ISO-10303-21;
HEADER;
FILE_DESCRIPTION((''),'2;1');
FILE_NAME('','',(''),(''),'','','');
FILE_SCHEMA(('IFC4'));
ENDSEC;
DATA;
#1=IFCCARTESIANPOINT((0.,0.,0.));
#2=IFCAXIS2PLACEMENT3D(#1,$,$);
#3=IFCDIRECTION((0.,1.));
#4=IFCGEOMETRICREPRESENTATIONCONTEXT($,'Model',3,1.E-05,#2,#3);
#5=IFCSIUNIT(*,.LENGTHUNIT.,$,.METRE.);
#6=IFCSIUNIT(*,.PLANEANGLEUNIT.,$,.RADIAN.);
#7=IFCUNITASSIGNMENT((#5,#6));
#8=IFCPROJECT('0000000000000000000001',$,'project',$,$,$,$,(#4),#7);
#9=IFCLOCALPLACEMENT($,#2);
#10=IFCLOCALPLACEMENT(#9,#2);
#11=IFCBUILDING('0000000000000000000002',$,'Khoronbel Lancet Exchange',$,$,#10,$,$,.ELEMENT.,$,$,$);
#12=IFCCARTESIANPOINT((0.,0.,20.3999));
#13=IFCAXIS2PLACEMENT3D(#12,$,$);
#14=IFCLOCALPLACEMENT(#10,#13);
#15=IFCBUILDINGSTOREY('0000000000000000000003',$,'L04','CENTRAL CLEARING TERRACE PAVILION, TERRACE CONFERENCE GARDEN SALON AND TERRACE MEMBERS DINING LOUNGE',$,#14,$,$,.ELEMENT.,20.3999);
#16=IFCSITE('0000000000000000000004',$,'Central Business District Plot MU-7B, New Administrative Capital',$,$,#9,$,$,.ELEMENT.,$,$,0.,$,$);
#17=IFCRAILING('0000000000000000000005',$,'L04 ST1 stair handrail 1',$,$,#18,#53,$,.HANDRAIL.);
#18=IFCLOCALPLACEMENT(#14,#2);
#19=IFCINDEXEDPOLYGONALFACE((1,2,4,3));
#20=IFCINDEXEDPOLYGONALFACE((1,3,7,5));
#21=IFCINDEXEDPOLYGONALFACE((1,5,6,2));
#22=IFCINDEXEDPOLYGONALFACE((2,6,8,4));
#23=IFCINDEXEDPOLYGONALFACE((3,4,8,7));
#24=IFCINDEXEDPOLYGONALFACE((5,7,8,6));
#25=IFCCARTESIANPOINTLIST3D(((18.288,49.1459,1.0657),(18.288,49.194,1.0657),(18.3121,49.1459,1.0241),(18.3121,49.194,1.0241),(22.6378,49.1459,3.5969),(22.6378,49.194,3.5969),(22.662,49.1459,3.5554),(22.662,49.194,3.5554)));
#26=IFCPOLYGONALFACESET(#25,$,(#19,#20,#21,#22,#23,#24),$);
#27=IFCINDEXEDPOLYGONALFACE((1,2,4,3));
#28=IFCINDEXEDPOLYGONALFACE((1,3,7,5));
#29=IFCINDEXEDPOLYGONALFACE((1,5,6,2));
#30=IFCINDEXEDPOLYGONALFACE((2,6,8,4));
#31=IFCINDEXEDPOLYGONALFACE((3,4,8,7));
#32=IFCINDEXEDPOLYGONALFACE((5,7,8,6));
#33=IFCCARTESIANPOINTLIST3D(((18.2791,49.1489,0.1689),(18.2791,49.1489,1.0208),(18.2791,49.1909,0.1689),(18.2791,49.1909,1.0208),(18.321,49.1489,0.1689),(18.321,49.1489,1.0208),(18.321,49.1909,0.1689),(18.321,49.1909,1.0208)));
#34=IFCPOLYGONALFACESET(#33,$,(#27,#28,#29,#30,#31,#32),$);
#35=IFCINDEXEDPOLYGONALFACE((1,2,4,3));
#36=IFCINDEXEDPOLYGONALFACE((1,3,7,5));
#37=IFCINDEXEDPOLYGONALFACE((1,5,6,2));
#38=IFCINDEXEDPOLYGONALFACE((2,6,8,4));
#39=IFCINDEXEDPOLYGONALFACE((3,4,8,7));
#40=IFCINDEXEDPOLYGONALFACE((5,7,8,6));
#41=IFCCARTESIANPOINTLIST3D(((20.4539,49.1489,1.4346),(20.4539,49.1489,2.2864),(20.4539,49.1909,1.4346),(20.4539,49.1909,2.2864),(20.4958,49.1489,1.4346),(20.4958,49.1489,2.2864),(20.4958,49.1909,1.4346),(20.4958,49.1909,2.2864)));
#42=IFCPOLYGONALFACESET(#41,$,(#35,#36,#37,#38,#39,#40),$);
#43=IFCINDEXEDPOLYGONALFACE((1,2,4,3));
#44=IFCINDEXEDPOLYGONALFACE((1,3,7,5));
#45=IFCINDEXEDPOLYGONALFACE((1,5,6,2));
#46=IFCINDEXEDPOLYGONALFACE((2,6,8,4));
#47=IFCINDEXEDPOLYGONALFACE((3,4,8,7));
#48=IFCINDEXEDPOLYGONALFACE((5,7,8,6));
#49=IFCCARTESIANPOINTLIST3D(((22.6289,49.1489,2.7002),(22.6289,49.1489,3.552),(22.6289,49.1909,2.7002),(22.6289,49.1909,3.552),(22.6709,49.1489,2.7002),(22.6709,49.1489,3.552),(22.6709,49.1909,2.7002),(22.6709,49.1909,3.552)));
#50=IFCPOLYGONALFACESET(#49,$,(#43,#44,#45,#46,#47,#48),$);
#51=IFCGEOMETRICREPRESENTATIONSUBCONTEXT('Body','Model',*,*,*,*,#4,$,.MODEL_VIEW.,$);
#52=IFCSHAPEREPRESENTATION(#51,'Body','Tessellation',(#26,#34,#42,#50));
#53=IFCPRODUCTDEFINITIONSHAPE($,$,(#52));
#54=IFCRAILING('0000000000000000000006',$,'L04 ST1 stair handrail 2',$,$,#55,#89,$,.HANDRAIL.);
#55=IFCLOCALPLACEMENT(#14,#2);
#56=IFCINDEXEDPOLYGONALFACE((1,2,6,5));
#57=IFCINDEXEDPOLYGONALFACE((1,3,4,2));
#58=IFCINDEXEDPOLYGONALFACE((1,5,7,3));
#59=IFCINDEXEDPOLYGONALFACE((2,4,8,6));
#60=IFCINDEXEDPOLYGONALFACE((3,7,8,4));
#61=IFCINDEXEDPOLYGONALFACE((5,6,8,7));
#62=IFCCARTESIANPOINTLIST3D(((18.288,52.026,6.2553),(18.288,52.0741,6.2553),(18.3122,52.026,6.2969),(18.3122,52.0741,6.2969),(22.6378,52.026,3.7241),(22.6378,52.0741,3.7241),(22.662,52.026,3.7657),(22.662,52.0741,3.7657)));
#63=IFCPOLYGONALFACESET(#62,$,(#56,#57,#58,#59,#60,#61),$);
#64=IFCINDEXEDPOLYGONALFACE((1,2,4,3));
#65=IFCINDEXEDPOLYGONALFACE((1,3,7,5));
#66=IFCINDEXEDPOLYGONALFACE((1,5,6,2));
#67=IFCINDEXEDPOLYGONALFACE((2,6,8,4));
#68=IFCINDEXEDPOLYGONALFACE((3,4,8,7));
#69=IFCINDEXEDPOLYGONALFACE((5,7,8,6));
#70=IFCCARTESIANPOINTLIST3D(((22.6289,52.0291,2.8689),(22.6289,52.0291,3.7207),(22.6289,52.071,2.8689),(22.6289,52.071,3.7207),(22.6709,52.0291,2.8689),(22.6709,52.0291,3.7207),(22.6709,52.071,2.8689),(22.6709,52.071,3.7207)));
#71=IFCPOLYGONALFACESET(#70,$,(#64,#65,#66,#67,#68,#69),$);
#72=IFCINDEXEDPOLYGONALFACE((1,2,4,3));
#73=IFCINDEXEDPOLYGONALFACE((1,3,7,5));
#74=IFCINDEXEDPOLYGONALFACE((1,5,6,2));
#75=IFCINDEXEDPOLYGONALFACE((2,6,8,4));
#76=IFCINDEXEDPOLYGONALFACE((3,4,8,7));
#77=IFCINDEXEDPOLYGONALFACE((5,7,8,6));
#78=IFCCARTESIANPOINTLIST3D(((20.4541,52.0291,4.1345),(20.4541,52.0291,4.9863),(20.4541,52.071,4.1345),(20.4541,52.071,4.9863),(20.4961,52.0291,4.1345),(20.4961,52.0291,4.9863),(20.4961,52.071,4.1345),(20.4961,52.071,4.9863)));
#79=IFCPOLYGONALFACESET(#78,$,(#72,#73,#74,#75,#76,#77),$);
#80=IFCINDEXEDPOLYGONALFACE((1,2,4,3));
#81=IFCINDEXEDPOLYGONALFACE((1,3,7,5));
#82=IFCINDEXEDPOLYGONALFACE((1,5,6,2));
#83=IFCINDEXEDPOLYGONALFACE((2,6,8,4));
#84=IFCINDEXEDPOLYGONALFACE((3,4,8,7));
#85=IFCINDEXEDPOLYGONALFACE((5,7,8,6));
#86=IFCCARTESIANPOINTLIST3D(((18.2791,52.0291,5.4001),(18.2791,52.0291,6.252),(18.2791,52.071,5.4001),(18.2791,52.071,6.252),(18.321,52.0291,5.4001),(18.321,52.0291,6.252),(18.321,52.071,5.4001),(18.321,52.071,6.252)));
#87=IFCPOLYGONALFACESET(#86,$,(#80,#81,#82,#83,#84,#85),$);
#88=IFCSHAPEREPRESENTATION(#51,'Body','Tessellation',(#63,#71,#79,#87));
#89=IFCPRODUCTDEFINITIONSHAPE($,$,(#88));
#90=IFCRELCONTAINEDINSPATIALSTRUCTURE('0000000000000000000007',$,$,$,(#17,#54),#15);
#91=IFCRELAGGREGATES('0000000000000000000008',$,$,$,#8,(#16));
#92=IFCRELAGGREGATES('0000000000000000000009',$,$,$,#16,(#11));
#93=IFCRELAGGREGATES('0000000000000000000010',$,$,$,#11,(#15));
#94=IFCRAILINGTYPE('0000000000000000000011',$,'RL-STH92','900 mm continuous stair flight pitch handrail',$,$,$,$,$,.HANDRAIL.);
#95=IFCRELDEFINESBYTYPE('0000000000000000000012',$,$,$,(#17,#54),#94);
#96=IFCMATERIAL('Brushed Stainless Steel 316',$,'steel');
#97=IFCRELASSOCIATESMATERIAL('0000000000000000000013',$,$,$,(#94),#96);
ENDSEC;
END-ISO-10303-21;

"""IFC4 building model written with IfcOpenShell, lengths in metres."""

from ifc_helpers import new_model, si_unit, direction, frame, origin, origin_2d, place, context, subcontext, project, spatial, rectangle, extrude, material, type_object, element, save


model = new_model("IFC4")

# Units and contexts
model_context = context("Model", 3, precision=1e-05, world=origin(), true_north=direction((0.0, 1.0)))
body_context = subcontext(model_context, "Body", "Model", "MODEL_VIEW")
ifc_project = project(units=[si_unit("LENGTHUNIT", "METRE"), si_unit("PLANEANGLEUNIT", "RADIAN")], contexts=[model_context])

# Site, building, storey
site_placement = place(None, origin())
site = spatial("IfcSite", under=ifc_project, at=site_placement, Name="Central Business District Plot MU-7B, New Administrative Capital", CompositionType="ELEMENT", RefElevation=0.0)
building_placement = place(site_placement, origin())
building = spatial("IfcBuilding", under=site, at=building_placement, Name="Khoronbel Lancet Exchange", CompositionType="ELEMENT")
storey_placement = place(building_placement, frame((0.0, 0.0, 20.3999)))
storey = spatial("IfcBuildingStorey", under=building, at=storey_placement, Name="L04", Description="CENTRAL CLEARING TERRACE PAVILION, TERRACE CONFERENCE GARDEN SALON AND TERRACE MEMBERS DINING LOUNGE", CompositionType="ELEMENT", Elevation=20.3999)

# Railings
ifc_material_1 = material(Name="Brushed Stainless Steel 316", Category="steel")
railing_type_1 = type_object("IfcRailingType", Name="RL-STH92", Description="900 mm continuous stair flight pitch handrail", PredefinedType="HANDRAIL", material=ifc_material_1)
railing_1_placement = place(storey_placement, frame((18.3, 49.1699, 0.1689)))
element("IfcRailing", 1, at=railing_1_placement, inside=storey, type_object=railing_type_1, Name="L04 ST1 stair handrail 1", PredefinedType="HANDRAIL", context=body_context, shape_type="SweptSolid", body=[
    extrude(rectangle(XDim=0.0481, YDim=0.0481, at=origin_2d()), frame((0.0, 0.0, 0.876), z_axis=(0.864312, 0.0, 0.502957), x_axis=(0.0, 1.0, 0.0)), (0.0, 0.0, 1.0), 5.0327),
    extrude(rectangle(XDim=0.042, YDim=0.042, at=origin_2d()), origin(), (0.0, 0.0, 1.0), 0.8518),
    extrude(rectangle(XDim=0.042, YDim=0.042, at=origin_2d()), frame((2.1748, 0.0, 1.2656)), (0.0, 0.0, 1.0), 0.8518),
    extrude(rectangle(XDim=0.042, YDim=0.042, at=origin_2d()), frame((4.3499, 0.0, 2.5312)), (0.0, 0.0, 1.0), 0.8518),
])
railing_2_placement = place(storey_placement, frame((22.6499, 52.05, 2.8689)))
element("IfcRailing", 2, at=railing_2_placement, inside=storey, type_object=railing_type_1, Name="L04 ST1 stair handrail 2", PredefinedType="HANDRAIL", context=body_context, shape_type="SweptSolid", body=[
    extrude(rectangle(XDim=0.0481, YDim=0.0481, at=origin_2d()), frame((0.0, 0.0, 0.876), z_axis=(-0.864312, 0.0, 0.502957), x_axis=(0.0, -1.0, 0.0)), (0.0, 0.0, 1.0), 5.0327),
    extrude(rectangle(XDim=0.042, YDim=0.042, at=origin_2d()), origin(), (0.0, 0.0, 1.0), 0.8518),
    extrude(rectangle(XDim=0.042, YDim=0.042, at=origin_2d()), frame((-2.1748, 0.0, 1.2656)), (0.0, 0.0, 1.0), 0.8518),
    extrude(rectangle(XDim=0.042, YDim=0.042, at=origin_2d()), frame((-4.3499, 0.0, 2.5312)), (0.0, 0.0, 1.0), 0.8518),
])

save(model, "model.ifc")
